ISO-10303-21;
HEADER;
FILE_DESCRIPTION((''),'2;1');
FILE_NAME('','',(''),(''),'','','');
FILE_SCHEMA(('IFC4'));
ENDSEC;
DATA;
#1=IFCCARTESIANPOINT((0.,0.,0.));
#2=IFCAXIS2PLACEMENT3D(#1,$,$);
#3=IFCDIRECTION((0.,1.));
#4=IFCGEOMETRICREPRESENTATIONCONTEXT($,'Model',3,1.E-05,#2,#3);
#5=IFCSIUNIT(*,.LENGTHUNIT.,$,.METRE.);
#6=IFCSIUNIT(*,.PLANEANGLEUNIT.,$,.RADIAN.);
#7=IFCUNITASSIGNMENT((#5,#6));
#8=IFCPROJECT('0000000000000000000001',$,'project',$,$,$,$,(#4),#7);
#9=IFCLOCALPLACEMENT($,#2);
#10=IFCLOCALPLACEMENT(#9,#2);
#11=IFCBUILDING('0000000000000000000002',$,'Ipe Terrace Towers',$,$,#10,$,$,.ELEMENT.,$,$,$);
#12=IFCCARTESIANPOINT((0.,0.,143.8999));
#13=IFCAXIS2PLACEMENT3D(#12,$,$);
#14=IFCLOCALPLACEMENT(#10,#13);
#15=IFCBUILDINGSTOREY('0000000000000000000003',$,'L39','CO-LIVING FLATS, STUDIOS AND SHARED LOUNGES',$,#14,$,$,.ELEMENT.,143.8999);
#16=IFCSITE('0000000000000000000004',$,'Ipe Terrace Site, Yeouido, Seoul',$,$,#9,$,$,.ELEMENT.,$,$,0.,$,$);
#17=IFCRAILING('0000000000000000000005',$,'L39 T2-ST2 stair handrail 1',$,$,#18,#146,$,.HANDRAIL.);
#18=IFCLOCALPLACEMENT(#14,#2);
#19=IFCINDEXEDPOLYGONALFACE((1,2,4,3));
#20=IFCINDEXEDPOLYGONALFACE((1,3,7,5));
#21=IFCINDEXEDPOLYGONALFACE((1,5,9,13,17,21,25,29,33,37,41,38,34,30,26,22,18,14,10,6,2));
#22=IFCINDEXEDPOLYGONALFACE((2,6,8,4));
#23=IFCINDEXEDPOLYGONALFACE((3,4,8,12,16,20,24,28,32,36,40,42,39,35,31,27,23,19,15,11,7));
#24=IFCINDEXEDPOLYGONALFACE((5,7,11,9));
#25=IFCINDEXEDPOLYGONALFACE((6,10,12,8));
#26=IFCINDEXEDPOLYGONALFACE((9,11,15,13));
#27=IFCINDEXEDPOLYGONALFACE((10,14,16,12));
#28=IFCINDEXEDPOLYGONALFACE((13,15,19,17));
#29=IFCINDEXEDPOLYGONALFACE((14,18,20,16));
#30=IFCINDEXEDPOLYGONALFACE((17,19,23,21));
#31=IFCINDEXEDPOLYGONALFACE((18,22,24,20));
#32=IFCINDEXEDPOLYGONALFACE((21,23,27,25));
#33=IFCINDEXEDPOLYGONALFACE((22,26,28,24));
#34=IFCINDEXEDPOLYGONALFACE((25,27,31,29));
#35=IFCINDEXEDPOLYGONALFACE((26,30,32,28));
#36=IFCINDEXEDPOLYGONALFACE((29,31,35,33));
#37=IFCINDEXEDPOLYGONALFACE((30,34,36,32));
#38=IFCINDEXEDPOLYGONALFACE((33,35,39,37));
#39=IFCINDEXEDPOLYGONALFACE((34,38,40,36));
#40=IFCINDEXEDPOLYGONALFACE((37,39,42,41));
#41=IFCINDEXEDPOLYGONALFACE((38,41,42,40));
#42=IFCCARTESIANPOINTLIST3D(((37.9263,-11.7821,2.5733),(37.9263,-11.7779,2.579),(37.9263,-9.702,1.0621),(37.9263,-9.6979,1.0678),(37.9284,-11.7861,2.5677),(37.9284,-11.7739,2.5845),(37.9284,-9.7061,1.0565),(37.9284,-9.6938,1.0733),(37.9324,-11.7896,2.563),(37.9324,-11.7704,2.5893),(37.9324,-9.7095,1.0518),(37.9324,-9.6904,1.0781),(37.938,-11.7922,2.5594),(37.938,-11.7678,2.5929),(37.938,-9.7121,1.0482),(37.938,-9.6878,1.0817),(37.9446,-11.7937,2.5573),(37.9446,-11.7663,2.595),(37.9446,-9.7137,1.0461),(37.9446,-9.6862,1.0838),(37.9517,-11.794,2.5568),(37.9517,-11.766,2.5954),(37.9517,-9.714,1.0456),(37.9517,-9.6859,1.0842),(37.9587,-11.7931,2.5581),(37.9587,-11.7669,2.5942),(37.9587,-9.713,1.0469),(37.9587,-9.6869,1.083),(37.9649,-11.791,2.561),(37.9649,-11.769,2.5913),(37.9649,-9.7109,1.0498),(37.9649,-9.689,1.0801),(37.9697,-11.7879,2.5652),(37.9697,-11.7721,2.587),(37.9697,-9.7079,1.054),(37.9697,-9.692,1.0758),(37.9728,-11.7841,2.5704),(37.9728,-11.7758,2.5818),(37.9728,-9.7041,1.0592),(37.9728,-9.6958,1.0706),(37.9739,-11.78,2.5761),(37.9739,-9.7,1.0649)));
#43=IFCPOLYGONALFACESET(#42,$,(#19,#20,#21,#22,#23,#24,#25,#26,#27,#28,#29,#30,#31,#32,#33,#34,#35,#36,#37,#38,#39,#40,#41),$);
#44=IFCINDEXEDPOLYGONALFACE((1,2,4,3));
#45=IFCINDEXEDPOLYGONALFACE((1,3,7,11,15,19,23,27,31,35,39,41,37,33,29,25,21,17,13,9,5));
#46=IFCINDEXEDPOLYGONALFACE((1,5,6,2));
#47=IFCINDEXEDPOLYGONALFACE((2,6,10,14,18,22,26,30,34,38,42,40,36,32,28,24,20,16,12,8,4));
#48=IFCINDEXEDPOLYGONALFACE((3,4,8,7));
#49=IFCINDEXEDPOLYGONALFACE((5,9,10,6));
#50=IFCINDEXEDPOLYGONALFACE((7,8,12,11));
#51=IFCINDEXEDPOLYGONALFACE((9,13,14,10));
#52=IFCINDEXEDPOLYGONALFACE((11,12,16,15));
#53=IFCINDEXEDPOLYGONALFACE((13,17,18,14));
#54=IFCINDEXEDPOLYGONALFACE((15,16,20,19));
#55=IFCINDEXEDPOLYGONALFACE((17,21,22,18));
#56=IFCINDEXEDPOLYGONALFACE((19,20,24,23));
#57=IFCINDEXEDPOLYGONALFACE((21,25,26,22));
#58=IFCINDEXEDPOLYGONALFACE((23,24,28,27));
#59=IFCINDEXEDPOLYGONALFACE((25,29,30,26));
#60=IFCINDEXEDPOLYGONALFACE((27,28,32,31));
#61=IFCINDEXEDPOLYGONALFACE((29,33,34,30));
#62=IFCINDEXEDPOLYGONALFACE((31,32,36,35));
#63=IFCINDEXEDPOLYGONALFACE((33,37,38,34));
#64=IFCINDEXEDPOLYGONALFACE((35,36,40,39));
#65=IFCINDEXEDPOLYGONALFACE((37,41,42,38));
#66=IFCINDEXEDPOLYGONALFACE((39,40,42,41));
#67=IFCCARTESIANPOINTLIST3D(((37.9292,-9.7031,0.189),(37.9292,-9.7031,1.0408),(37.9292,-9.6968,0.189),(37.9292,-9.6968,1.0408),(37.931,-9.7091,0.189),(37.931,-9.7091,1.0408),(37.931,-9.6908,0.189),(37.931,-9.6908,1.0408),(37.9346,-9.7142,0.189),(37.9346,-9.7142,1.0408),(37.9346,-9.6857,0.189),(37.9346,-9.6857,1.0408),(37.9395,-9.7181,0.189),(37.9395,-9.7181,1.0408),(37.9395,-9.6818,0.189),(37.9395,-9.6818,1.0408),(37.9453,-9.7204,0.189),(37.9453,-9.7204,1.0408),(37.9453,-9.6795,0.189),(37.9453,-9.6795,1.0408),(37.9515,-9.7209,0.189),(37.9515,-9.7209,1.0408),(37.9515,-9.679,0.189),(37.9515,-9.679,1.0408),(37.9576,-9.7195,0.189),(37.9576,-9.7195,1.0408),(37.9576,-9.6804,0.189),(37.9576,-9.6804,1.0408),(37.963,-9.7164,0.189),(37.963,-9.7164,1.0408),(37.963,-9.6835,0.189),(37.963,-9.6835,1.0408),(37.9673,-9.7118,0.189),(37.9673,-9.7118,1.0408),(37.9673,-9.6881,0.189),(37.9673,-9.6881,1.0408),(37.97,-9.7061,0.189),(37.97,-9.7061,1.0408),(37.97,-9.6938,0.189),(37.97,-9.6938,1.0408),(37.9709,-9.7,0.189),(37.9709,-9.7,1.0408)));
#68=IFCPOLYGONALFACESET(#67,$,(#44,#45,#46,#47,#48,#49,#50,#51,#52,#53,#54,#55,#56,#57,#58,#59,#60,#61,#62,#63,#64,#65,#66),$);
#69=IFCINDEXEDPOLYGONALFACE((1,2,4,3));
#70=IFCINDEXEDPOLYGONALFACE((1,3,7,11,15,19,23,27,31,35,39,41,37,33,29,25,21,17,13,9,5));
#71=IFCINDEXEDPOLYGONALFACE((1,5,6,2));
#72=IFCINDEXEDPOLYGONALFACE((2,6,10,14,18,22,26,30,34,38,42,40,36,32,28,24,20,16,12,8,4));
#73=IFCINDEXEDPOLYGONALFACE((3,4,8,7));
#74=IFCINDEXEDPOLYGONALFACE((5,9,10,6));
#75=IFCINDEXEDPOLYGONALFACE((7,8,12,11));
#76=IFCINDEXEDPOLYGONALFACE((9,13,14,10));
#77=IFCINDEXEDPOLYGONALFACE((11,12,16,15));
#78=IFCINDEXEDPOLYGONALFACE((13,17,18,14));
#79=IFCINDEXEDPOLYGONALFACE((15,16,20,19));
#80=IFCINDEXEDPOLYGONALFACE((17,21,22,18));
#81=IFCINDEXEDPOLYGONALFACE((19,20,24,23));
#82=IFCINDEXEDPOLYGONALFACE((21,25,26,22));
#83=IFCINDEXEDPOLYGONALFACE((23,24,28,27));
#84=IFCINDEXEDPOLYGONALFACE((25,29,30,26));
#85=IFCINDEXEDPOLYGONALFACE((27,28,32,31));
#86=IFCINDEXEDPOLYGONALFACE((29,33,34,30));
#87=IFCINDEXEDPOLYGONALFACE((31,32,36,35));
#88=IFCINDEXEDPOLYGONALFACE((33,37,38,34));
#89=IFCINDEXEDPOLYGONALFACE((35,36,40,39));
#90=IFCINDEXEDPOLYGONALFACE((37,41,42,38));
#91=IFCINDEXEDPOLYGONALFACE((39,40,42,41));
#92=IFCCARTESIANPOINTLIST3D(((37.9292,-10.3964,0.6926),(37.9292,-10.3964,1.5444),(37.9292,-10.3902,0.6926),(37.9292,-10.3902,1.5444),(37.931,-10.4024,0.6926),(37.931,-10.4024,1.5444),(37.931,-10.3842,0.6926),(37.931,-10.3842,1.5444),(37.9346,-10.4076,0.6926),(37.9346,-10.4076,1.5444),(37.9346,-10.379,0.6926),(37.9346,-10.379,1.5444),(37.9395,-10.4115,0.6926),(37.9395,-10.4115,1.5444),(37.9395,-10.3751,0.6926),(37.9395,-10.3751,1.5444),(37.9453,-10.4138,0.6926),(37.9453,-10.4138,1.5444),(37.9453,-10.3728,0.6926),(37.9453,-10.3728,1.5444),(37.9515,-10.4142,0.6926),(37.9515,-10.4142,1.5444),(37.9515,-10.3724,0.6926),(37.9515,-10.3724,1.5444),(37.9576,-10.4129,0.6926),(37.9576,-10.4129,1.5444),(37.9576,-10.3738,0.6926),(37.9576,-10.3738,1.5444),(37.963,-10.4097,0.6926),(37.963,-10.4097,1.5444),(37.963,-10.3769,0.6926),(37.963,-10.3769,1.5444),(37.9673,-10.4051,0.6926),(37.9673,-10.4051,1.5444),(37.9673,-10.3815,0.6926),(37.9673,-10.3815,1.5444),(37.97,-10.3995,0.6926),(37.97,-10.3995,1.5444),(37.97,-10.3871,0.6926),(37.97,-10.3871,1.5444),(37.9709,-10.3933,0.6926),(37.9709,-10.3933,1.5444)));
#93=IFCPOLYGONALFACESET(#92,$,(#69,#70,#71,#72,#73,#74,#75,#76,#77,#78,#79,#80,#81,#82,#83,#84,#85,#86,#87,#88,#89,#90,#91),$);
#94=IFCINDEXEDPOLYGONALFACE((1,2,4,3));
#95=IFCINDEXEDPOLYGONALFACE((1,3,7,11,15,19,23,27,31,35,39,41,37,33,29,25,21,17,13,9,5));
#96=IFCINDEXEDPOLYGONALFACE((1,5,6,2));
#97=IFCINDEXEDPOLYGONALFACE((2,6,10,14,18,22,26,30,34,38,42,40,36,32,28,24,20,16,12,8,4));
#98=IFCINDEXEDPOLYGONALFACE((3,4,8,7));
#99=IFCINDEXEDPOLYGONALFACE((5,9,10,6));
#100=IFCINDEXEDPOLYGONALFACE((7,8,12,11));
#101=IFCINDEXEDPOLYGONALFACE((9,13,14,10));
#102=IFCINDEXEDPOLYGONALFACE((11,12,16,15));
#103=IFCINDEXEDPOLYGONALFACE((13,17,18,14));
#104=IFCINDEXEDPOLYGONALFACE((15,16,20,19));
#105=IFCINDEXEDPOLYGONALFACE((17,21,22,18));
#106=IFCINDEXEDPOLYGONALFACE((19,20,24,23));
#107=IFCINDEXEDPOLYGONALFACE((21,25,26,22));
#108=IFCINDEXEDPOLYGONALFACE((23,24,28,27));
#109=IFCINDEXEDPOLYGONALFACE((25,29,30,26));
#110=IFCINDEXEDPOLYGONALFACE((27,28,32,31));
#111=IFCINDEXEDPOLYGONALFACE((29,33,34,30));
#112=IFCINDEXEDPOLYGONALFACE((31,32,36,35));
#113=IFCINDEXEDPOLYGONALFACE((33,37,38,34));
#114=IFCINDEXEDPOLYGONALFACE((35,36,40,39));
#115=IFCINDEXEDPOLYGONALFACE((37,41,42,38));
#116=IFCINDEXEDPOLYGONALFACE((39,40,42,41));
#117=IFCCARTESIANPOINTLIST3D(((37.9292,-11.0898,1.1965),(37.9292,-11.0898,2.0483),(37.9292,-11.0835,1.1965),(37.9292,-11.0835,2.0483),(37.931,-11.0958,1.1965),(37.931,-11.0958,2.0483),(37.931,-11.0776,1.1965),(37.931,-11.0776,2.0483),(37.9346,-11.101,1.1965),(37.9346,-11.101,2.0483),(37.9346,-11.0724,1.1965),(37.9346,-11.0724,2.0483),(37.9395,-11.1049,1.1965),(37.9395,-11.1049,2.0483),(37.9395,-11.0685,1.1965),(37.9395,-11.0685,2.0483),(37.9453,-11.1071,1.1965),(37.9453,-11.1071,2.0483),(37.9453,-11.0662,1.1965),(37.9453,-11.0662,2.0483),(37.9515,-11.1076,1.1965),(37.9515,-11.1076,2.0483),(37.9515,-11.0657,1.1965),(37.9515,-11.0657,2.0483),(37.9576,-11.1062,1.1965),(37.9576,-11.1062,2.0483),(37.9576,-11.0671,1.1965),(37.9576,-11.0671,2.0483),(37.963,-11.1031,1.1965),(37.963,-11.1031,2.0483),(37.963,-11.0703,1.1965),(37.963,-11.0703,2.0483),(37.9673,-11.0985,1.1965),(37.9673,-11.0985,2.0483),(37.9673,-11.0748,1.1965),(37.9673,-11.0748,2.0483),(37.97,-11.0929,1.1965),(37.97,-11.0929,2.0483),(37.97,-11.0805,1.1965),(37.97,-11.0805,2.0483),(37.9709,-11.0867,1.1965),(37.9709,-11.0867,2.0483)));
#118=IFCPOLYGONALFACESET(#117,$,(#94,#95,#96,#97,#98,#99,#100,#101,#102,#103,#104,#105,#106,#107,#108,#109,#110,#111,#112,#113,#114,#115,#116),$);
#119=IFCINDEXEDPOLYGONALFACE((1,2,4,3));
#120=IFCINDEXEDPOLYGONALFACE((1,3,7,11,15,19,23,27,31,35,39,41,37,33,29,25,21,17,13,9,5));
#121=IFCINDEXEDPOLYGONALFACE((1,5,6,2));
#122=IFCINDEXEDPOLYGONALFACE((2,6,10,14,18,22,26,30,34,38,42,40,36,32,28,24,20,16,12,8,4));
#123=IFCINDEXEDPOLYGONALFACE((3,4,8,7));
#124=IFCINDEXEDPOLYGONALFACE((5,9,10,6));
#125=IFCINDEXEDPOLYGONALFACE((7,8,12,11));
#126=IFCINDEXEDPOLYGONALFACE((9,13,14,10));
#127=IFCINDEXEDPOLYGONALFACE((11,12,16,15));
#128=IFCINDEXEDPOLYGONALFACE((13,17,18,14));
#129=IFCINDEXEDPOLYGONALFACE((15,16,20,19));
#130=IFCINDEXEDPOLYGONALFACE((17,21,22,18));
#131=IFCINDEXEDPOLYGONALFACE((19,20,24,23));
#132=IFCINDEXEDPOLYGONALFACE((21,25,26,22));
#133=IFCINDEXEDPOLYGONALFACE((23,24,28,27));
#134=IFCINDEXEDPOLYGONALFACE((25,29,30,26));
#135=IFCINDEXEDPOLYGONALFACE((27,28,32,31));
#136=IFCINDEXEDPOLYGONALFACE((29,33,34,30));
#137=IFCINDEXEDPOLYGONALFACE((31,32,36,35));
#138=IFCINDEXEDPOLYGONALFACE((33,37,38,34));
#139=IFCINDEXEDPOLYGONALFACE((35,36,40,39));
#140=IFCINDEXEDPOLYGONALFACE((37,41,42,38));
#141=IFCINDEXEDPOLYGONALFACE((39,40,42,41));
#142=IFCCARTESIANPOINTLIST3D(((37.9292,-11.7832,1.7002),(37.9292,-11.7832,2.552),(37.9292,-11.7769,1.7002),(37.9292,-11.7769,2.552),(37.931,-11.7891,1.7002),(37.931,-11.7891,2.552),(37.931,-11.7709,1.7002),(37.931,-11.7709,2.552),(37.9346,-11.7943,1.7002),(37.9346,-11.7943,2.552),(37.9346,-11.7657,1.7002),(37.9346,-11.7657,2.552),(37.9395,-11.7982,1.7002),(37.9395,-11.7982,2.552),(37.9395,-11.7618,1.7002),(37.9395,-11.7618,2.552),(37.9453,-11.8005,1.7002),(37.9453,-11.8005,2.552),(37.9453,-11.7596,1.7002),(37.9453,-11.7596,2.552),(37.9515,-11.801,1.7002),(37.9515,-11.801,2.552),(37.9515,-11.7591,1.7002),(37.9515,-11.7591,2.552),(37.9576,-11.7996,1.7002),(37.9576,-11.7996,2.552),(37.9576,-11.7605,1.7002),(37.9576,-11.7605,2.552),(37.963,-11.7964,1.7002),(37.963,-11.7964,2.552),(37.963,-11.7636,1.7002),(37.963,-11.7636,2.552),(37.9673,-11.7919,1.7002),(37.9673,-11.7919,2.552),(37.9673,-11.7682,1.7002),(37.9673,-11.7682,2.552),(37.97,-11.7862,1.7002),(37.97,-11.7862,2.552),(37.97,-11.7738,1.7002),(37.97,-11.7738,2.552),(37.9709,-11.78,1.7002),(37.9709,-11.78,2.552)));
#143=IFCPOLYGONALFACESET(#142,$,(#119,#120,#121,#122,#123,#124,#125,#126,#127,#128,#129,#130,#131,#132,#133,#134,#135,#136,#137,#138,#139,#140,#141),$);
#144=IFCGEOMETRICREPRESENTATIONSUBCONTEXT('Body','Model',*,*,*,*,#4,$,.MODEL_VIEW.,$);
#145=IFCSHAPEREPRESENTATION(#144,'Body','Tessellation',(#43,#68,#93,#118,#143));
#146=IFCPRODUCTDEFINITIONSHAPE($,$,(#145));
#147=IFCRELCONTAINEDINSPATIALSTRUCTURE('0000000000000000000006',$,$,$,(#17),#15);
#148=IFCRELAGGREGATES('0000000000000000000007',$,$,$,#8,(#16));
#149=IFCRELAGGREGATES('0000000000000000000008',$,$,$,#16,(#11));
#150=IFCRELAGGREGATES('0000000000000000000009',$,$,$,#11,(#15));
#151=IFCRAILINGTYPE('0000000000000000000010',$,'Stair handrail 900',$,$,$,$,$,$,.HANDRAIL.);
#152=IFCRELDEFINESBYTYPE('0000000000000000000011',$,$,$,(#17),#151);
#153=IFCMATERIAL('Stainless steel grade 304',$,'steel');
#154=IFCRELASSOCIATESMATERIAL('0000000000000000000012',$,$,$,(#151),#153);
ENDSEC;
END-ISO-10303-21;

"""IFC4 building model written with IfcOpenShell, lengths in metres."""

from ifc_helpers import new_model, si_unit, direction, frame, origin, origin_2d, place, context, subcontext, project, spatial, circle, extrude, material, type_object, element, save


model = new_model("IFC4")

# Units and contexts
model_context = context("Model", 3, precision=1e-05, world=origin(), true_north=direction((0.0, 1.0)))
body_context = subcontext(model_context, "Body", "Model", "MODEL_VIEW")
ifc_project = project(units=[si_unit("LENGTHUNIT", "METRE"), si_unit("PLANEANGLEUNIT", "RADIAN")], contexts=[model_context])

# Site, building, storey
site_placement = place(None, origin())
site = spatial("IfcSite", under=ifc_project, at=site_placement, Name="Ipe Terrace Site, Yeouido, Seoul", CompositionType="ELEMENT", RefElevation=0.0)
building_placement = place(site_placement, origin())
building = spatial("IfcBuilding", under=site, at=building_placement, Name="Ipe Terrace Towers", CompositionType="ELEMENT")
storey_placement = place(building_placement, frame((0.0, 0.0, 143.8999)))
storey = spatial("IfcBuildingStorey", under=building, at=storey_placement, Name="L39", Description="CO-LIVING FLATS, STUDIOS AND SHARED LOUNGES", CompositionType="ELEMENT", Elevation=143.8999)

# Railing
ifc_material_1 = material(Name="Stainless steel grade 304", Category="steel")
railing_type_1 = type_object("IfcRailingType", Name="Stair handrail 900", PredefinedType="HANDRAIL", material=ifc_material_1)
railing_1_placement = place(storey_placement, frame((37.95, -9.7, 0.189)))
element("IfcRailing", 1, at=railing_1_placement, inside=storey, type_object=railing_type_1, Name="L39 T2-ST2 stair handrail 1", PredefinedType="HANDRAIL", context=body_context, shape_type="SweptSolid", body=[
    extrude(circle(Radius=0.0239, at=origin_2d()), frame((0.0, 0.0, 0.876), z_axis=(0.0, -0.809023, 0.587776), x_axis=(1.0, 0.0, 0.0)), (0.0, 0.0, 1.0), 2.571),
    extrude(circle(Radius=0.021, at=origin_2d()), origin(), (0.0, 0.0, 1.0), 0.8518),
    extrude(circle(Radius=0.021, at=origin_2d()), frame((0.0, -0.6934, 0.5037)), (0.0, 0.0, 1.0), 0.8518),
    extrude(circle(Radius=0.021, at=origin_2d()), frame((0.0, -1.3867, 1.0076)), (0.0, 0.0, 1.0), 0.8518),
    extrude(circle(Radius=0.021, at=origin_2d()), frame((0.0, -2.0801, 1.5112)), (0.0, 0.0, 1.0), 0.8518),
])

save(model, "model.ifc")
